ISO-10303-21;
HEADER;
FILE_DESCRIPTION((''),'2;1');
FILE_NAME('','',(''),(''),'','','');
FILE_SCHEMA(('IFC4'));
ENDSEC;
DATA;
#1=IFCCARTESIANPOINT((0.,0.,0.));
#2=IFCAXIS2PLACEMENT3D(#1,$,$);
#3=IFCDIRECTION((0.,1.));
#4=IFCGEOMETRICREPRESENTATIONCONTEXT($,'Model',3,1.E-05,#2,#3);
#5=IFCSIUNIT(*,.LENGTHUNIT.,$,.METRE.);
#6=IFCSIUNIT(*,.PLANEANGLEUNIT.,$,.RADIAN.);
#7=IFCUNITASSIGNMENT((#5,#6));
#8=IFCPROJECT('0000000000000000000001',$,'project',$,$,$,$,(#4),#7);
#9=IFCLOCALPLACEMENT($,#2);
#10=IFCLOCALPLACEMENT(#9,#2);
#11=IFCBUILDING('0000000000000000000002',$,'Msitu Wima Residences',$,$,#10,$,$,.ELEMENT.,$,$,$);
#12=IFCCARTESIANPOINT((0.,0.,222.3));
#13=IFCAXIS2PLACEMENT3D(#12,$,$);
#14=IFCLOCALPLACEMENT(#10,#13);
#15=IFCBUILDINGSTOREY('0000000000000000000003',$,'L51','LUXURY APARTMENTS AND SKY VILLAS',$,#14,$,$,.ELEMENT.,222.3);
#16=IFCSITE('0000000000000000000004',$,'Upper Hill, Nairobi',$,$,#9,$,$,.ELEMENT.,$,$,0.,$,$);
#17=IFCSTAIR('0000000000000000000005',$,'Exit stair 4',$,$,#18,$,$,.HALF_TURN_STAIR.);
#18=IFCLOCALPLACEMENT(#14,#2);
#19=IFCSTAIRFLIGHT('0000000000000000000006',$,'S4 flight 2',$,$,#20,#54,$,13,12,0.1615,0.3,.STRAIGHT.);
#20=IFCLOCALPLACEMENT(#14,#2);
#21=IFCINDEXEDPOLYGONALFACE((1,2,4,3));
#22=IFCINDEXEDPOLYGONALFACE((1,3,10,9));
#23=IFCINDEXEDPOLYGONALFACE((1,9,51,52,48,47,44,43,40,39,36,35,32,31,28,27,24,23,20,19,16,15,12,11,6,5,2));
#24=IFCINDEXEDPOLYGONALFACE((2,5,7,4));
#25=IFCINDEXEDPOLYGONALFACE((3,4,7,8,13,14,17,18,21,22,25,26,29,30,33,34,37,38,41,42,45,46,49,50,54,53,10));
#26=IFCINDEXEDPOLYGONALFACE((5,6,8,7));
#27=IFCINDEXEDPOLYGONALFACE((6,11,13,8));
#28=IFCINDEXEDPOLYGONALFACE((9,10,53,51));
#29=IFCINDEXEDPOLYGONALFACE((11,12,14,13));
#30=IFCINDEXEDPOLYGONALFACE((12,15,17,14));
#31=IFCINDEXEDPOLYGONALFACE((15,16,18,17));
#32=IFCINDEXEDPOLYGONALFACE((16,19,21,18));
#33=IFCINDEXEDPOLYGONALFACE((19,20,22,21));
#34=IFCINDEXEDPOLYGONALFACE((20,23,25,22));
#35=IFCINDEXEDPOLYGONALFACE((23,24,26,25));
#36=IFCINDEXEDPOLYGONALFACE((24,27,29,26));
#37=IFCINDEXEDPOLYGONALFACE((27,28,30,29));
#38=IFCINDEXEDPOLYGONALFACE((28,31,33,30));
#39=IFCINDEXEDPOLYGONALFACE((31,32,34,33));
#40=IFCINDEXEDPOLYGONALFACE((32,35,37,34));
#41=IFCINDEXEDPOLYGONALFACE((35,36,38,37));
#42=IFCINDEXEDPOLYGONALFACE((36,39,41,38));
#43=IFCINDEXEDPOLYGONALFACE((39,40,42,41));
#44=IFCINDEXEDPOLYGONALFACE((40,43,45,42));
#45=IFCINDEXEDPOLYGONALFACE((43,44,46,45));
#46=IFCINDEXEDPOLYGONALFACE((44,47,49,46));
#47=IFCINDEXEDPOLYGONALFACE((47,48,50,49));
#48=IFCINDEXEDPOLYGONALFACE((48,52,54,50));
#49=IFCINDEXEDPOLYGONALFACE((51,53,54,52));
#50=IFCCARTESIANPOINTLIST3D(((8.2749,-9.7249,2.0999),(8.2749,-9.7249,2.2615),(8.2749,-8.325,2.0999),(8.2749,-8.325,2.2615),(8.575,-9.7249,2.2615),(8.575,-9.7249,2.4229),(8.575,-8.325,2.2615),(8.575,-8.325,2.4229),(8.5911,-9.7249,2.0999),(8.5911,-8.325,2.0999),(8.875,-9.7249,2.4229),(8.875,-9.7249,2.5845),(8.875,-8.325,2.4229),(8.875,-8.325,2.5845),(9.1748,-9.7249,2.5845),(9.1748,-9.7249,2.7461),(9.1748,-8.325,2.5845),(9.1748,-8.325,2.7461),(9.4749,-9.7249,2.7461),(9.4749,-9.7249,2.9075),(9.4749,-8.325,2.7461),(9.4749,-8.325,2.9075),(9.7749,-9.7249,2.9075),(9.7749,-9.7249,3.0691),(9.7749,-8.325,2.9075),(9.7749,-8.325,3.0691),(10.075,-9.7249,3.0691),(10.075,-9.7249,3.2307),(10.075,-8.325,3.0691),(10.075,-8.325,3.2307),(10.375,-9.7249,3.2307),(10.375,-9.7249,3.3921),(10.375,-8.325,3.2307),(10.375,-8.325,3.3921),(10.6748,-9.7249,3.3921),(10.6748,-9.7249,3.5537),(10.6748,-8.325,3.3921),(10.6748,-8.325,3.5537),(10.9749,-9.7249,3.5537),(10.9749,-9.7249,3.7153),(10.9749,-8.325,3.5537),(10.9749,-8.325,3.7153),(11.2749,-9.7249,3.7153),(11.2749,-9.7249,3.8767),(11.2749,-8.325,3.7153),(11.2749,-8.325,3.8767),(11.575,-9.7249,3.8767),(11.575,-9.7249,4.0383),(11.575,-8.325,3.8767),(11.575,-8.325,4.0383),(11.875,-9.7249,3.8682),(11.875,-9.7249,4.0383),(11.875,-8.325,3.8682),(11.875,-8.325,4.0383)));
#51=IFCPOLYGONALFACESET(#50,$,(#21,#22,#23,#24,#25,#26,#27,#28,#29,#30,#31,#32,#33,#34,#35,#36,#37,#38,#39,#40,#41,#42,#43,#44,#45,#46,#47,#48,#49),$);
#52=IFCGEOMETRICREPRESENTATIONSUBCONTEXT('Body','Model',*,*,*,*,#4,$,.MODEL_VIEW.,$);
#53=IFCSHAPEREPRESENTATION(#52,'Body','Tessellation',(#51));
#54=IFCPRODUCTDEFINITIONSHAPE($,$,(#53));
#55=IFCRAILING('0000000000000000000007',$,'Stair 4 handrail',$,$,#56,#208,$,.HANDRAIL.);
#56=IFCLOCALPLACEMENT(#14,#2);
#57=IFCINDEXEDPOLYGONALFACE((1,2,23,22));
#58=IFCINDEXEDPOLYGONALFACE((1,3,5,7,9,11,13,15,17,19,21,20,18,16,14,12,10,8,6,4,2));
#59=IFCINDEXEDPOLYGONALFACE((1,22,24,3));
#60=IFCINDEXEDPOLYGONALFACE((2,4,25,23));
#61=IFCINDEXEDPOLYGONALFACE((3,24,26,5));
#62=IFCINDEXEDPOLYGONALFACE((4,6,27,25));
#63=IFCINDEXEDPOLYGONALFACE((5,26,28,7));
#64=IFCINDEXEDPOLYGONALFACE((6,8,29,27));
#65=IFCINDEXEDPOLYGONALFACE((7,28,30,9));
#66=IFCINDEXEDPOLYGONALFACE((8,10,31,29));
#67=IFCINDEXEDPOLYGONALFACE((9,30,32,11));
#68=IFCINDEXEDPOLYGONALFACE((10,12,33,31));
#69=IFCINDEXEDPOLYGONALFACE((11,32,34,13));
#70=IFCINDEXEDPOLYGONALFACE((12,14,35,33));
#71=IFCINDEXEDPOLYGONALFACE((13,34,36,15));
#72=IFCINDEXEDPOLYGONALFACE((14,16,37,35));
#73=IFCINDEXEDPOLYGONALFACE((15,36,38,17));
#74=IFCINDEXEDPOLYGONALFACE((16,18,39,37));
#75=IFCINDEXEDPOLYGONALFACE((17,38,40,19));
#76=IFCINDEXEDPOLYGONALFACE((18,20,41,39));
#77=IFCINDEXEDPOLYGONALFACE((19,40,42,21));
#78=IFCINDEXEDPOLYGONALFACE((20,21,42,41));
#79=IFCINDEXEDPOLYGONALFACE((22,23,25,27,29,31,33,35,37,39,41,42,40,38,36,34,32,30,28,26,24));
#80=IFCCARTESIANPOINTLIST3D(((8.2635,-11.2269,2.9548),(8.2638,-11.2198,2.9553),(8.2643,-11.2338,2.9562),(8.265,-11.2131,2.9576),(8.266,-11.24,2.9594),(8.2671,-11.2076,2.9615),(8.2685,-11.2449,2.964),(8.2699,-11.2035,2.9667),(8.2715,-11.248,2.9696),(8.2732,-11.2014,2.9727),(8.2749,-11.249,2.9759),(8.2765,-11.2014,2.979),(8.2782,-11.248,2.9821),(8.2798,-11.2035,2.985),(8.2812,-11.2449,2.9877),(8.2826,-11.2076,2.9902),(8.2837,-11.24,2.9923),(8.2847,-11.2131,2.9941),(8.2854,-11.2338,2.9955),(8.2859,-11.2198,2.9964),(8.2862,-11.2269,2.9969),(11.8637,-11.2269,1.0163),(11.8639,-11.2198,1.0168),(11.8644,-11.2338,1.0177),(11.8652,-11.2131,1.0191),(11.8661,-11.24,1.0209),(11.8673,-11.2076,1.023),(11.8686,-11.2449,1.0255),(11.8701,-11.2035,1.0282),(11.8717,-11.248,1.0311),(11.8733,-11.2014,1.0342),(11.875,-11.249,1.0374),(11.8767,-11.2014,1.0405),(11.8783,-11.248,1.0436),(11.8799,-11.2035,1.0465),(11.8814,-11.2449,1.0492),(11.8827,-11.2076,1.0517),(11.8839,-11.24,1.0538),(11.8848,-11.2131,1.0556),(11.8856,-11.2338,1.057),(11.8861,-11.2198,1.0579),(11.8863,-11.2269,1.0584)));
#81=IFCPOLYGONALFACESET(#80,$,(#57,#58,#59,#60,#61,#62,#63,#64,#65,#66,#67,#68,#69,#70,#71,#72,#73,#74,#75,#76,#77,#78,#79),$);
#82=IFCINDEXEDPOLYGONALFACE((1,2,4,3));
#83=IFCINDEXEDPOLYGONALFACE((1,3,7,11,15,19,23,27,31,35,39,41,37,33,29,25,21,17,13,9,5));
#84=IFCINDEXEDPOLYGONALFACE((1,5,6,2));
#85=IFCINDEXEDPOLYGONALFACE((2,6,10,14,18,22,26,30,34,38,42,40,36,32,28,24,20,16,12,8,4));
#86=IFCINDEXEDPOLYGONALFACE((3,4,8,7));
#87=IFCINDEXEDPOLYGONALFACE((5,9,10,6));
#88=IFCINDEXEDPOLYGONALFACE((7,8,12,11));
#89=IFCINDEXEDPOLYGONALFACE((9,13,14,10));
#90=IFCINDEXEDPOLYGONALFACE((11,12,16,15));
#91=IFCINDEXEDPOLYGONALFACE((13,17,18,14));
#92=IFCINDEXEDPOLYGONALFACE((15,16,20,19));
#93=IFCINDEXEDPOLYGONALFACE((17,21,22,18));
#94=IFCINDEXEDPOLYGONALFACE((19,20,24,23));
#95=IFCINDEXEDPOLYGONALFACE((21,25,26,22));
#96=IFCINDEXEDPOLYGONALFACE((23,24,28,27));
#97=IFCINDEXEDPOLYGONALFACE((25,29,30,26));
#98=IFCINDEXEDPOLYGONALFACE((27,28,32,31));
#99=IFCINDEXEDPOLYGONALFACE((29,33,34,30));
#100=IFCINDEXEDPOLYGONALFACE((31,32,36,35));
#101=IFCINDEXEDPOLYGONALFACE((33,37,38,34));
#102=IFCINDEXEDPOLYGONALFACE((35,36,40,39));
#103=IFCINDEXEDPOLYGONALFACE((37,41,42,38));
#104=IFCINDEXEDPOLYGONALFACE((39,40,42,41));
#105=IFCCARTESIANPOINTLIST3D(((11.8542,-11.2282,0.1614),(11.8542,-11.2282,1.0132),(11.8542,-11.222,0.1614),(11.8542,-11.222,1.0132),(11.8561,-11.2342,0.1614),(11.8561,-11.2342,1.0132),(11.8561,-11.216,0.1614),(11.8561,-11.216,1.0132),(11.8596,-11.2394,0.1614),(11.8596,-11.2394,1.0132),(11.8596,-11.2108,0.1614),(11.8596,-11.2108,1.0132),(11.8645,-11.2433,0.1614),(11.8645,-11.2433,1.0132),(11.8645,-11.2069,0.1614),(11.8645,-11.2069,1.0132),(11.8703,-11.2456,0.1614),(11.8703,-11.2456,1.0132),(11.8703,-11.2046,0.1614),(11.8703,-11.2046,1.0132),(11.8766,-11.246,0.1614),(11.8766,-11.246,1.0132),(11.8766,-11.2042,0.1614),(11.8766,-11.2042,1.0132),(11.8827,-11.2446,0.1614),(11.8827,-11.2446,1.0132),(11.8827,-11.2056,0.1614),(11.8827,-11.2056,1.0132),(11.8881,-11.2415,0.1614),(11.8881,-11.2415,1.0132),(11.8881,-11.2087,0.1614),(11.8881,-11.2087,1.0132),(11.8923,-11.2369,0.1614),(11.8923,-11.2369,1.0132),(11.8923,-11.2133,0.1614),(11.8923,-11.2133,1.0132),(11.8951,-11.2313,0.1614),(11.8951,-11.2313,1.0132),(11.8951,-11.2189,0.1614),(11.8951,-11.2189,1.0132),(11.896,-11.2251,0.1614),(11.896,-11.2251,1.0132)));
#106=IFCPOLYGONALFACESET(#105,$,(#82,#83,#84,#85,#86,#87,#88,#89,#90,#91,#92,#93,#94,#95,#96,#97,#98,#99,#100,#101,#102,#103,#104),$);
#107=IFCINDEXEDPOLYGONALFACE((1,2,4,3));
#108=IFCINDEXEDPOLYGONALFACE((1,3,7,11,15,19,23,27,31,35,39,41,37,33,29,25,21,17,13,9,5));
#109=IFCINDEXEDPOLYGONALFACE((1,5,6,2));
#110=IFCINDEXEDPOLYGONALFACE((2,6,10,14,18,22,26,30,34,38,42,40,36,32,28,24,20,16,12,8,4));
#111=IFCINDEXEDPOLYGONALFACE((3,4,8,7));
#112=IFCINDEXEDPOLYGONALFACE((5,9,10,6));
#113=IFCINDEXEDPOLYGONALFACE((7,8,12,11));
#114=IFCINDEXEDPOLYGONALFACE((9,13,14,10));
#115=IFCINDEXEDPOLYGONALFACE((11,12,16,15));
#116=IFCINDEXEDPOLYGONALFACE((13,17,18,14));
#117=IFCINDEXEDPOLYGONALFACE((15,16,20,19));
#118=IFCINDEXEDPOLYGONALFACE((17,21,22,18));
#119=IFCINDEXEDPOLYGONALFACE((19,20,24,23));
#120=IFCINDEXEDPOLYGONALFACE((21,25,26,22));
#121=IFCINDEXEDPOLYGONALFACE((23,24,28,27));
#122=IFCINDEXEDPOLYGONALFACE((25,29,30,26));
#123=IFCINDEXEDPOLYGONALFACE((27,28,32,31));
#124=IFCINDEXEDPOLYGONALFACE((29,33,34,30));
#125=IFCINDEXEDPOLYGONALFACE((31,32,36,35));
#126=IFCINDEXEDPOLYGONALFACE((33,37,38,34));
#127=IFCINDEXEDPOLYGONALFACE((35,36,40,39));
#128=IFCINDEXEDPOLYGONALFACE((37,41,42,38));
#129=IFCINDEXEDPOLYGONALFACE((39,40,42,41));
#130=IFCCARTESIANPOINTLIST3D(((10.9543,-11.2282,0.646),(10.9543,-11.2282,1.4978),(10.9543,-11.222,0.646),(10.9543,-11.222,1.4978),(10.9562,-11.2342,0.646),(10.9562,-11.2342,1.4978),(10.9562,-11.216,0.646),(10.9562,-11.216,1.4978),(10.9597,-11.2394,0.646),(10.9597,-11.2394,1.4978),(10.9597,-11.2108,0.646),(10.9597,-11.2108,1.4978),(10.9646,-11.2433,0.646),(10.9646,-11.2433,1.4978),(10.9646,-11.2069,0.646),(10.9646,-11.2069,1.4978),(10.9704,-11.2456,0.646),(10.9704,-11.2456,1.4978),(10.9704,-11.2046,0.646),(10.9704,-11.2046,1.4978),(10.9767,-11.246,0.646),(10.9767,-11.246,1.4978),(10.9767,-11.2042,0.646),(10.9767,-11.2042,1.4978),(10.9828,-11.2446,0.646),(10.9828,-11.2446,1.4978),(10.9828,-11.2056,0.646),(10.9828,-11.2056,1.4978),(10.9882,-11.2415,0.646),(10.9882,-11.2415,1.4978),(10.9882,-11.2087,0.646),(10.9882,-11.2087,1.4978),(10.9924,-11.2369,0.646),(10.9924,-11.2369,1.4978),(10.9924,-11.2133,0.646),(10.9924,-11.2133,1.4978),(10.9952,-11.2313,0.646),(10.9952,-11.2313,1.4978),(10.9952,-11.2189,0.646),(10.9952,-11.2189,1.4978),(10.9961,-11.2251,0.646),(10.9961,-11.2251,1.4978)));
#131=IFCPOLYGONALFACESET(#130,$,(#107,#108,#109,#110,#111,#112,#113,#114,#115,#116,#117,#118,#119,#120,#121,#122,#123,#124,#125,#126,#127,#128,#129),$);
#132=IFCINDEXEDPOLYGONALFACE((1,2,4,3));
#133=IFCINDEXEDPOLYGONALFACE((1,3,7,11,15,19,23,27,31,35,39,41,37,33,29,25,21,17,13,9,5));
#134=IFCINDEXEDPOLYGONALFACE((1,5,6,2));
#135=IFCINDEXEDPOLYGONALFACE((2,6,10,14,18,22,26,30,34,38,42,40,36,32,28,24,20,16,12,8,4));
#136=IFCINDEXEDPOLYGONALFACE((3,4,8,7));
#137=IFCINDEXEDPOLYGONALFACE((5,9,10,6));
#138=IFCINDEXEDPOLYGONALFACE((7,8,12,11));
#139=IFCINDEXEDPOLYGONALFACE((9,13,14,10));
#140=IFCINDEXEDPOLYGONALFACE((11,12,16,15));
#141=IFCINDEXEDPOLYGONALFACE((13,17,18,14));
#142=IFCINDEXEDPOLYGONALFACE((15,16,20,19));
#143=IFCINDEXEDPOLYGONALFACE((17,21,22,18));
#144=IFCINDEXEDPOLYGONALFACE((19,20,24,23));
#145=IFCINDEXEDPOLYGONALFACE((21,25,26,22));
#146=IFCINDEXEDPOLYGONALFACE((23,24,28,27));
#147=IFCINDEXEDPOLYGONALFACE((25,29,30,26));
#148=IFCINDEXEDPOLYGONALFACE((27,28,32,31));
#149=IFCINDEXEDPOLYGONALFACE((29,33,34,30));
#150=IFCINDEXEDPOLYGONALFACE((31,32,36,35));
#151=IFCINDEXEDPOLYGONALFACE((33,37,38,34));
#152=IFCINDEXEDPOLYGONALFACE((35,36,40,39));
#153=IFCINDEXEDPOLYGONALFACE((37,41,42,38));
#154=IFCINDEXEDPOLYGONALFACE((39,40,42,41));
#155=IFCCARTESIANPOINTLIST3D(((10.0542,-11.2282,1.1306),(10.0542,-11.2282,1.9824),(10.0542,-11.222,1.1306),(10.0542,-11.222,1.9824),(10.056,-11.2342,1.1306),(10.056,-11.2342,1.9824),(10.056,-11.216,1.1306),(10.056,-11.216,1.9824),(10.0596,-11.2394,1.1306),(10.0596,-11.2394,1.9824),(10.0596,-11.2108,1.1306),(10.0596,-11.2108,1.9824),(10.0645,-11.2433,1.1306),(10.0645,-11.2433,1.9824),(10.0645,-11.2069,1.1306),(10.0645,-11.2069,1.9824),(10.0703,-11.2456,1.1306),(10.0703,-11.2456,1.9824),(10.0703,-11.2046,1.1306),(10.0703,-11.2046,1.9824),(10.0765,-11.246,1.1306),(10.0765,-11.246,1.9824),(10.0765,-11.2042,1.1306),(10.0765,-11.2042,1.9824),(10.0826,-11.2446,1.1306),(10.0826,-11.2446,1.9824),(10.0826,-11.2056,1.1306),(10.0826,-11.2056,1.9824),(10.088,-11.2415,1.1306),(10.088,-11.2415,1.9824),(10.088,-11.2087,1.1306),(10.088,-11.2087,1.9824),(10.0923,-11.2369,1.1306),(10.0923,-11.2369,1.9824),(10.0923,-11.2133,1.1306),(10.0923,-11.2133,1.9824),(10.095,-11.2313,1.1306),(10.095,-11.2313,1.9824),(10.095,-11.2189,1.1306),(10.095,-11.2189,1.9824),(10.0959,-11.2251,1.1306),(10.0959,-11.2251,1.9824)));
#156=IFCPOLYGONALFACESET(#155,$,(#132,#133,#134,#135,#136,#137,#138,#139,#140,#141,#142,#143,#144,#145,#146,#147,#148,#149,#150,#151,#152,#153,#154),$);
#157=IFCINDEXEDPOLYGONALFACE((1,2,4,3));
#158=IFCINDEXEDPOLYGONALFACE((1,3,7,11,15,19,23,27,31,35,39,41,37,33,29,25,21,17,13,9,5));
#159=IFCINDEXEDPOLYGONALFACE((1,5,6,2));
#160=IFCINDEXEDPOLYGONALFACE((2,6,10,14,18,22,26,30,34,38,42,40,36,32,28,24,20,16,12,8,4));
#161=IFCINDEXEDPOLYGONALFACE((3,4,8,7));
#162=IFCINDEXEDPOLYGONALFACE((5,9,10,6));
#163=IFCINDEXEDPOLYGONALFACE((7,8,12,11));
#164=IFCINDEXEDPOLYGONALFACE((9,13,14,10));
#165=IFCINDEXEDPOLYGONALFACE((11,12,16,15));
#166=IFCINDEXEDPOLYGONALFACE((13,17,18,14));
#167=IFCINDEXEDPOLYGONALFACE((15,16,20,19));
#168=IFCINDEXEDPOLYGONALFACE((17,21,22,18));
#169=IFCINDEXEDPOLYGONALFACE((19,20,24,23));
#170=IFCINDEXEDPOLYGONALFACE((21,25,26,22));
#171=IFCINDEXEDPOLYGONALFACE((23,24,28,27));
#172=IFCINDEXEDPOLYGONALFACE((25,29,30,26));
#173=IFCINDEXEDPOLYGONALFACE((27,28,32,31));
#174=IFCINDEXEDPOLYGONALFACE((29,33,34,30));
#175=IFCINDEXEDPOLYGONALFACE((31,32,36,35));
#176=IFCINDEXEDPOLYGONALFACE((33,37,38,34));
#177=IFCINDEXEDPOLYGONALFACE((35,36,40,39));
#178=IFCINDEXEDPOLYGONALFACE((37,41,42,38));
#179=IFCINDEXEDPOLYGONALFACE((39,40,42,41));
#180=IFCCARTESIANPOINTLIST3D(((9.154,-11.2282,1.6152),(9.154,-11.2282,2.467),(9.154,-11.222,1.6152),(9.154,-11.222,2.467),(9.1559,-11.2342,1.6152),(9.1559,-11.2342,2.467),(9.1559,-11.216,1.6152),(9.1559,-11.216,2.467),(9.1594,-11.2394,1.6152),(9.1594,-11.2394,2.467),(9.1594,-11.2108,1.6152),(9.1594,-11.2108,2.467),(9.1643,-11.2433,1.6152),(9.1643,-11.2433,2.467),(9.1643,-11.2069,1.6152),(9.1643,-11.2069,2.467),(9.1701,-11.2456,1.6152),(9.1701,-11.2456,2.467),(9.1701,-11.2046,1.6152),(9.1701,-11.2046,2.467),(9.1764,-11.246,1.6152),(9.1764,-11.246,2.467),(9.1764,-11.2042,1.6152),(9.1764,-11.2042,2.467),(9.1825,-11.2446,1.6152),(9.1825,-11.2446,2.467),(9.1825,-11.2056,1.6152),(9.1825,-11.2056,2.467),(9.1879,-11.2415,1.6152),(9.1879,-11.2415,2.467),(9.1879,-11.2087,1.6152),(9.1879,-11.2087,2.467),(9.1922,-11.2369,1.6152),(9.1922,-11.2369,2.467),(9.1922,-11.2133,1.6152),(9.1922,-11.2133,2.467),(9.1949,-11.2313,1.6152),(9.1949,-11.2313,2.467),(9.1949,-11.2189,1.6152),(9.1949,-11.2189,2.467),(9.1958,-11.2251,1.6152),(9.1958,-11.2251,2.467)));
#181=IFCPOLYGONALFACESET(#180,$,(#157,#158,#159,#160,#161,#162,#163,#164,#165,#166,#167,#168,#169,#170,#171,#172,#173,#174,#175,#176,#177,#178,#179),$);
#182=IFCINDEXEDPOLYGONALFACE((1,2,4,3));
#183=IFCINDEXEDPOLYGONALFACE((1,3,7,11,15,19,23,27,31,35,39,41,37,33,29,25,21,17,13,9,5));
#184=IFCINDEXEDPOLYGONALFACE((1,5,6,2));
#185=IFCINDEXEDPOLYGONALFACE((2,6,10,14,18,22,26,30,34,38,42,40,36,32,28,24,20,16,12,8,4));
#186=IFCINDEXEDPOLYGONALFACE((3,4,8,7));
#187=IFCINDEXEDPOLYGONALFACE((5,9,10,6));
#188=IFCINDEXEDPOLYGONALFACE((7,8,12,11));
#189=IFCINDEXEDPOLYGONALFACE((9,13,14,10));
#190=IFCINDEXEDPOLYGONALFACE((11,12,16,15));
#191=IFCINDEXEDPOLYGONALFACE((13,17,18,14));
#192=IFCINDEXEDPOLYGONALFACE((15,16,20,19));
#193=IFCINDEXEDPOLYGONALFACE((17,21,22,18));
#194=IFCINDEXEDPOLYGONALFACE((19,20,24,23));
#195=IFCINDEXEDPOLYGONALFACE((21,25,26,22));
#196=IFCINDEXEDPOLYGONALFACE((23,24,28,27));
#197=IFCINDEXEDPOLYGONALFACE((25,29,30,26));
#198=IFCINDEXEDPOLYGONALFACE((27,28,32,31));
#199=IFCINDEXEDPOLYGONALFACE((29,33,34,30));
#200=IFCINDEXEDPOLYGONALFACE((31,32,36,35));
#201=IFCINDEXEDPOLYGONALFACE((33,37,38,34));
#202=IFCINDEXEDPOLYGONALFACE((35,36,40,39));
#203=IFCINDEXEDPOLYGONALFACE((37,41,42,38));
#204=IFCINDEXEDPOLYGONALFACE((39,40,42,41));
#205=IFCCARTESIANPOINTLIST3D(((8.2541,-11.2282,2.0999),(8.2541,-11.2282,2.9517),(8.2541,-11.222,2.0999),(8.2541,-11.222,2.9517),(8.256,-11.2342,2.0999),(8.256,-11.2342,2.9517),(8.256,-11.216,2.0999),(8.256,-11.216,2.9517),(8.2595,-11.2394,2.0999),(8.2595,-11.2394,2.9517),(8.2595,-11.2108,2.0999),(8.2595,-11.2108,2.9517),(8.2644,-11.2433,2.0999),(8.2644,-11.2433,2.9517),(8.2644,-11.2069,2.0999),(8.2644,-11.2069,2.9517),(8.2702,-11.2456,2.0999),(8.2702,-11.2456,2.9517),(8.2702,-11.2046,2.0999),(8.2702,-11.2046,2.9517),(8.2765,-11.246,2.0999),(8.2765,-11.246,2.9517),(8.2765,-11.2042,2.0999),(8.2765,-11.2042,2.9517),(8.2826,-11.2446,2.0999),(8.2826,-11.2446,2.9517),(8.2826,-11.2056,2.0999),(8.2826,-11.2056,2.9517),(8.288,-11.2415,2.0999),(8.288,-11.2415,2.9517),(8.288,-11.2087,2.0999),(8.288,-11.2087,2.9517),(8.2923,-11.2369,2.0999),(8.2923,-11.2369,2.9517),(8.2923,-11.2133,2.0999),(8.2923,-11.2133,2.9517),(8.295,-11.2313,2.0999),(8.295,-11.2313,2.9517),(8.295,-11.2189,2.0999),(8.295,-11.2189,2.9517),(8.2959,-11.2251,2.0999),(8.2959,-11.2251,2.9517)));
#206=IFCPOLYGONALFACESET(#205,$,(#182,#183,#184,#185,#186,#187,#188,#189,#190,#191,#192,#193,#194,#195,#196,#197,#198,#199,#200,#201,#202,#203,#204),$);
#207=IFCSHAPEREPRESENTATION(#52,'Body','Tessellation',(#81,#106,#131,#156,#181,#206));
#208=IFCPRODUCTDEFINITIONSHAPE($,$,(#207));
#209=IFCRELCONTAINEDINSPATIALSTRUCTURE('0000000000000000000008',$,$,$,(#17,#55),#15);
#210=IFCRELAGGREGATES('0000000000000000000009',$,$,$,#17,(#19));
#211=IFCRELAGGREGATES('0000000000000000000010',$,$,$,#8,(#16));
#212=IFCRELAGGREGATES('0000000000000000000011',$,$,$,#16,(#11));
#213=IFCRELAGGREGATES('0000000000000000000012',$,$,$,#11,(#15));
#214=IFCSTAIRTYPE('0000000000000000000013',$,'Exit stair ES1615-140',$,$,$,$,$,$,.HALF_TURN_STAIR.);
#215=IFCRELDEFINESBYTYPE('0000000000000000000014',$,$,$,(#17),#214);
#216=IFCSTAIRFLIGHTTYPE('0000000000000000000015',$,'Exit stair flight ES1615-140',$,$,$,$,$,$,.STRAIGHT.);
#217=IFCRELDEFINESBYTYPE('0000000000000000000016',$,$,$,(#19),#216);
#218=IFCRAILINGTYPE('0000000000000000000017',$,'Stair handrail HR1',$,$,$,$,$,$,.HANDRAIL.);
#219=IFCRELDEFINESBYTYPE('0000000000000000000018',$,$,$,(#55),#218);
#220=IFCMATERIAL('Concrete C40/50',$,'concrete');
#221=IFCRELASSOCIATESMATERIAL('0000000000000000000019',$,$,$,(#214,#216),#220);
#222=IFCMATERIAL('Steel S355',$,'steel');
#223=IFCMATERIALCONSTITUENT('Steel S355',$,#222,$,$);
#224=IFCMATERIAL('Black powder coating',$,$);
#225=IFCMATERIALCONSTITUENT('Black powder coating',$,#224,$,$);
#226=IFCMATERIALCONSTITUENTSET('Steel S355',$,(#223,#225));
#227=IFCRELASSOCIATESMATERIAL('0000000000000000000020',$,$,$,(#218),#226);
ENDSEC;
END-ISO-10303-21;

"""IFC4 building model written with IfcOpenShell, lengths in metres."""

from ifc_helpers import new_model, si_unit, direction, frame, origin, origin_2d, place, context, subcontext, project, spatial, polyline, circle, outline, extrude, material, constituent, constituent_set, type_object, element, aggregate, save


model = new_model("IFC4")

# Units and contexts
model_context = context("Model", 3, precision=1e-05, world=origin(), true_north=direction((0.0, 1.0)))
body_context = subcontext(model_context, "Body", "Model", "MODEL_VIEW")
ifc_project = project(units=[si_unit("LENGTHUNIT", "METRE"), si_unit("PLANEANGLEUNIT", "RADIAN")], contexts=[model_context])

# Site, building, storey
site_placement = place(None, origin())
site = spatial("IfcSite", under=ifc_project, at=site_placement, Name="Upper Hill, Nairobi", CompositionType="ELEMENT", RefElevation=0.0)
building_placement = place(site_placement, origin())
building = spatial("IfcBuilding", under=site, at=building_placement, Name="Msitu Wima Residences", CompositionType="ELEMENT")
storey_placement = place(building_placement, frame((0.0, 0.0, 222.3)))
storey = spatial("IfcBuildingStorey", under=building, at=storey_placement, Name="L51", Description="LUXURY APARTMENTS AND SKY VILLAS", CompositionType="ELEMENT", Elevation=222.3)

# Shared definitions
ifc_material_1 = material(Name="Concrete C40/50", Category="concrete")

# Stair, stair flight
stair_type = type_object("IfcStairType", Name="Exit stair ES1615-140", PredefinedType="HALF_TURN_STAIR", material=ifc_material_1)
stair_placement = place(storey_placement, origin())
stair = element("IfcStair", 1, at=stair_placement, inside=storey, type_object=stair_type, Name="Exit stair 4", PredefinedType="HALF_TURN_STAIR")
stair_flight_type = type_object("IfcStairFlightType", Name="Exit stair flight ES1615-140", PredefinedType="STRAIGHT", material=ifc_material_1)
stair_flight_1_placement = place(storey_placement, frame((8.2749, -9.0249, 2.0999), z_axis=(0.0, 0.0, 1.0), x_axis=(1.0, 0.0, 0.0)))
stair_flight_1 = element("IfcStairFlight", 2, at=stair_flight_1_placement, type_object=stair_flight_type, Name="S4 flight 2", NumberOfRisers=13, NumberOfTreads=12, PredefinedType="STRAIGHT", RiserHeight=0.1615, TreadLength=0.3, context=body_context, shape_type="SweptSolid", body=[
    extrude(outline(polyline([(0.0, 0.0), (0.0, 0.1616), (0.3, 0.1616), (0.3, 0.323), (0.6001, 0.323), (0.6001, 0.4846), (0.8999, 0.4846), (0.8999, 0.6462), (1.2, 0.6462), (1.2, 0.8076), (1.5, 0.8076), (1.5, 0.9692), (1.8, 0.9692), (1.8, 1.1309), (2.1001, 1.1309), (2.1001, 1.2922), (2.3999, 1.2922), (2.3999, 1.4539), (2.7, 1.4539), (2.7, 1.6155), (3.0, 1.6155), (3.0, 1.7769), (3.3, 1.7769), (3.3, 1.9385), (3.6001, 1.9385), (3.6001, 2.1001), (3.6001, 1.7683), (0.3162, 0.0), (0.0, 0.0)])), frame((0.0, 0.7, 0.0), z_axis=(0.0, -1.0, 0.0), x_axis=(1.0, 0.0, 0.0)), (0.0, 0.0, 1.0), 1.3999),
])
aggregate(stair, [stair_flight_1])

# Railing
ifc_material_2 = material(Name="Steel S355", Category="steel")
ifc_constituent_1 = constituent(ifc_material_2, Name="Steel S355")
ifc_material_3 = material(Name="Black powder coating")
ifc_constituent_2 = constituent(ifc_material_3, Name="Black powder coating")
ifc_constituent_set = constituent_set(constituents=[ifc_constituent_1, ifc_constituent_2], Name="Steel S355")
railing_type = type_object("IfcRailingType", Name="Stair handrail HR1", PredefinedType="HANDRAIL", material=ifc_constituent_set)
for number, where, name in (
    (3, (11.875, -11.2251, 0.1614), "Stair 4 handrail"),
):
    element("IfcRailing", number, at=place(storey_placement, frame(where)), inside=storey, type_object=railing_type, Name=name, PredefinedType="HANDRAIL", context=body_context, shape_type="SweptSolid", body=[
        extrude(circle(Radius=0.0239, at=origin_2d()), frame((0.0, 0.0, 0.876), z_axis=(-0.880475, 0.0, 0.474093), x_axis=(0.0, -1.0, 0.0)), (0.0, 0.0, 1.0), 4.0889),
        extrude(circle(Radius=0.021, at=origin_2d()), origin(), (0.0, 0.0, 1.0), 0.8518),
        extrude(circle(Radius=0.021, at=origin_2d()), frame((-0.8999, 0.0, 0.4846)), (0.0, 0.0, 1.0), 0.8518),
        extrude(circle(Radius=0.021, at=origin_2d()), frame((-1.8, 0.0, 0.9692)), (0.0, 0.0, 1.0), 0.8518),
        extrude(circle(Radius=0.021, at=origin_2d()), frame((-2.7002, 0.0, 1.4539)), (0.0, 0.0, 1.0), 0.8518),
        extrude(circle(Radius=0.021, at=origin_2d()), frame((-3.6001, 0.0, 1.9385)), (0.0, 0.0, 1.0), 0.8518),
    ])

save(model, "model.ifc")
